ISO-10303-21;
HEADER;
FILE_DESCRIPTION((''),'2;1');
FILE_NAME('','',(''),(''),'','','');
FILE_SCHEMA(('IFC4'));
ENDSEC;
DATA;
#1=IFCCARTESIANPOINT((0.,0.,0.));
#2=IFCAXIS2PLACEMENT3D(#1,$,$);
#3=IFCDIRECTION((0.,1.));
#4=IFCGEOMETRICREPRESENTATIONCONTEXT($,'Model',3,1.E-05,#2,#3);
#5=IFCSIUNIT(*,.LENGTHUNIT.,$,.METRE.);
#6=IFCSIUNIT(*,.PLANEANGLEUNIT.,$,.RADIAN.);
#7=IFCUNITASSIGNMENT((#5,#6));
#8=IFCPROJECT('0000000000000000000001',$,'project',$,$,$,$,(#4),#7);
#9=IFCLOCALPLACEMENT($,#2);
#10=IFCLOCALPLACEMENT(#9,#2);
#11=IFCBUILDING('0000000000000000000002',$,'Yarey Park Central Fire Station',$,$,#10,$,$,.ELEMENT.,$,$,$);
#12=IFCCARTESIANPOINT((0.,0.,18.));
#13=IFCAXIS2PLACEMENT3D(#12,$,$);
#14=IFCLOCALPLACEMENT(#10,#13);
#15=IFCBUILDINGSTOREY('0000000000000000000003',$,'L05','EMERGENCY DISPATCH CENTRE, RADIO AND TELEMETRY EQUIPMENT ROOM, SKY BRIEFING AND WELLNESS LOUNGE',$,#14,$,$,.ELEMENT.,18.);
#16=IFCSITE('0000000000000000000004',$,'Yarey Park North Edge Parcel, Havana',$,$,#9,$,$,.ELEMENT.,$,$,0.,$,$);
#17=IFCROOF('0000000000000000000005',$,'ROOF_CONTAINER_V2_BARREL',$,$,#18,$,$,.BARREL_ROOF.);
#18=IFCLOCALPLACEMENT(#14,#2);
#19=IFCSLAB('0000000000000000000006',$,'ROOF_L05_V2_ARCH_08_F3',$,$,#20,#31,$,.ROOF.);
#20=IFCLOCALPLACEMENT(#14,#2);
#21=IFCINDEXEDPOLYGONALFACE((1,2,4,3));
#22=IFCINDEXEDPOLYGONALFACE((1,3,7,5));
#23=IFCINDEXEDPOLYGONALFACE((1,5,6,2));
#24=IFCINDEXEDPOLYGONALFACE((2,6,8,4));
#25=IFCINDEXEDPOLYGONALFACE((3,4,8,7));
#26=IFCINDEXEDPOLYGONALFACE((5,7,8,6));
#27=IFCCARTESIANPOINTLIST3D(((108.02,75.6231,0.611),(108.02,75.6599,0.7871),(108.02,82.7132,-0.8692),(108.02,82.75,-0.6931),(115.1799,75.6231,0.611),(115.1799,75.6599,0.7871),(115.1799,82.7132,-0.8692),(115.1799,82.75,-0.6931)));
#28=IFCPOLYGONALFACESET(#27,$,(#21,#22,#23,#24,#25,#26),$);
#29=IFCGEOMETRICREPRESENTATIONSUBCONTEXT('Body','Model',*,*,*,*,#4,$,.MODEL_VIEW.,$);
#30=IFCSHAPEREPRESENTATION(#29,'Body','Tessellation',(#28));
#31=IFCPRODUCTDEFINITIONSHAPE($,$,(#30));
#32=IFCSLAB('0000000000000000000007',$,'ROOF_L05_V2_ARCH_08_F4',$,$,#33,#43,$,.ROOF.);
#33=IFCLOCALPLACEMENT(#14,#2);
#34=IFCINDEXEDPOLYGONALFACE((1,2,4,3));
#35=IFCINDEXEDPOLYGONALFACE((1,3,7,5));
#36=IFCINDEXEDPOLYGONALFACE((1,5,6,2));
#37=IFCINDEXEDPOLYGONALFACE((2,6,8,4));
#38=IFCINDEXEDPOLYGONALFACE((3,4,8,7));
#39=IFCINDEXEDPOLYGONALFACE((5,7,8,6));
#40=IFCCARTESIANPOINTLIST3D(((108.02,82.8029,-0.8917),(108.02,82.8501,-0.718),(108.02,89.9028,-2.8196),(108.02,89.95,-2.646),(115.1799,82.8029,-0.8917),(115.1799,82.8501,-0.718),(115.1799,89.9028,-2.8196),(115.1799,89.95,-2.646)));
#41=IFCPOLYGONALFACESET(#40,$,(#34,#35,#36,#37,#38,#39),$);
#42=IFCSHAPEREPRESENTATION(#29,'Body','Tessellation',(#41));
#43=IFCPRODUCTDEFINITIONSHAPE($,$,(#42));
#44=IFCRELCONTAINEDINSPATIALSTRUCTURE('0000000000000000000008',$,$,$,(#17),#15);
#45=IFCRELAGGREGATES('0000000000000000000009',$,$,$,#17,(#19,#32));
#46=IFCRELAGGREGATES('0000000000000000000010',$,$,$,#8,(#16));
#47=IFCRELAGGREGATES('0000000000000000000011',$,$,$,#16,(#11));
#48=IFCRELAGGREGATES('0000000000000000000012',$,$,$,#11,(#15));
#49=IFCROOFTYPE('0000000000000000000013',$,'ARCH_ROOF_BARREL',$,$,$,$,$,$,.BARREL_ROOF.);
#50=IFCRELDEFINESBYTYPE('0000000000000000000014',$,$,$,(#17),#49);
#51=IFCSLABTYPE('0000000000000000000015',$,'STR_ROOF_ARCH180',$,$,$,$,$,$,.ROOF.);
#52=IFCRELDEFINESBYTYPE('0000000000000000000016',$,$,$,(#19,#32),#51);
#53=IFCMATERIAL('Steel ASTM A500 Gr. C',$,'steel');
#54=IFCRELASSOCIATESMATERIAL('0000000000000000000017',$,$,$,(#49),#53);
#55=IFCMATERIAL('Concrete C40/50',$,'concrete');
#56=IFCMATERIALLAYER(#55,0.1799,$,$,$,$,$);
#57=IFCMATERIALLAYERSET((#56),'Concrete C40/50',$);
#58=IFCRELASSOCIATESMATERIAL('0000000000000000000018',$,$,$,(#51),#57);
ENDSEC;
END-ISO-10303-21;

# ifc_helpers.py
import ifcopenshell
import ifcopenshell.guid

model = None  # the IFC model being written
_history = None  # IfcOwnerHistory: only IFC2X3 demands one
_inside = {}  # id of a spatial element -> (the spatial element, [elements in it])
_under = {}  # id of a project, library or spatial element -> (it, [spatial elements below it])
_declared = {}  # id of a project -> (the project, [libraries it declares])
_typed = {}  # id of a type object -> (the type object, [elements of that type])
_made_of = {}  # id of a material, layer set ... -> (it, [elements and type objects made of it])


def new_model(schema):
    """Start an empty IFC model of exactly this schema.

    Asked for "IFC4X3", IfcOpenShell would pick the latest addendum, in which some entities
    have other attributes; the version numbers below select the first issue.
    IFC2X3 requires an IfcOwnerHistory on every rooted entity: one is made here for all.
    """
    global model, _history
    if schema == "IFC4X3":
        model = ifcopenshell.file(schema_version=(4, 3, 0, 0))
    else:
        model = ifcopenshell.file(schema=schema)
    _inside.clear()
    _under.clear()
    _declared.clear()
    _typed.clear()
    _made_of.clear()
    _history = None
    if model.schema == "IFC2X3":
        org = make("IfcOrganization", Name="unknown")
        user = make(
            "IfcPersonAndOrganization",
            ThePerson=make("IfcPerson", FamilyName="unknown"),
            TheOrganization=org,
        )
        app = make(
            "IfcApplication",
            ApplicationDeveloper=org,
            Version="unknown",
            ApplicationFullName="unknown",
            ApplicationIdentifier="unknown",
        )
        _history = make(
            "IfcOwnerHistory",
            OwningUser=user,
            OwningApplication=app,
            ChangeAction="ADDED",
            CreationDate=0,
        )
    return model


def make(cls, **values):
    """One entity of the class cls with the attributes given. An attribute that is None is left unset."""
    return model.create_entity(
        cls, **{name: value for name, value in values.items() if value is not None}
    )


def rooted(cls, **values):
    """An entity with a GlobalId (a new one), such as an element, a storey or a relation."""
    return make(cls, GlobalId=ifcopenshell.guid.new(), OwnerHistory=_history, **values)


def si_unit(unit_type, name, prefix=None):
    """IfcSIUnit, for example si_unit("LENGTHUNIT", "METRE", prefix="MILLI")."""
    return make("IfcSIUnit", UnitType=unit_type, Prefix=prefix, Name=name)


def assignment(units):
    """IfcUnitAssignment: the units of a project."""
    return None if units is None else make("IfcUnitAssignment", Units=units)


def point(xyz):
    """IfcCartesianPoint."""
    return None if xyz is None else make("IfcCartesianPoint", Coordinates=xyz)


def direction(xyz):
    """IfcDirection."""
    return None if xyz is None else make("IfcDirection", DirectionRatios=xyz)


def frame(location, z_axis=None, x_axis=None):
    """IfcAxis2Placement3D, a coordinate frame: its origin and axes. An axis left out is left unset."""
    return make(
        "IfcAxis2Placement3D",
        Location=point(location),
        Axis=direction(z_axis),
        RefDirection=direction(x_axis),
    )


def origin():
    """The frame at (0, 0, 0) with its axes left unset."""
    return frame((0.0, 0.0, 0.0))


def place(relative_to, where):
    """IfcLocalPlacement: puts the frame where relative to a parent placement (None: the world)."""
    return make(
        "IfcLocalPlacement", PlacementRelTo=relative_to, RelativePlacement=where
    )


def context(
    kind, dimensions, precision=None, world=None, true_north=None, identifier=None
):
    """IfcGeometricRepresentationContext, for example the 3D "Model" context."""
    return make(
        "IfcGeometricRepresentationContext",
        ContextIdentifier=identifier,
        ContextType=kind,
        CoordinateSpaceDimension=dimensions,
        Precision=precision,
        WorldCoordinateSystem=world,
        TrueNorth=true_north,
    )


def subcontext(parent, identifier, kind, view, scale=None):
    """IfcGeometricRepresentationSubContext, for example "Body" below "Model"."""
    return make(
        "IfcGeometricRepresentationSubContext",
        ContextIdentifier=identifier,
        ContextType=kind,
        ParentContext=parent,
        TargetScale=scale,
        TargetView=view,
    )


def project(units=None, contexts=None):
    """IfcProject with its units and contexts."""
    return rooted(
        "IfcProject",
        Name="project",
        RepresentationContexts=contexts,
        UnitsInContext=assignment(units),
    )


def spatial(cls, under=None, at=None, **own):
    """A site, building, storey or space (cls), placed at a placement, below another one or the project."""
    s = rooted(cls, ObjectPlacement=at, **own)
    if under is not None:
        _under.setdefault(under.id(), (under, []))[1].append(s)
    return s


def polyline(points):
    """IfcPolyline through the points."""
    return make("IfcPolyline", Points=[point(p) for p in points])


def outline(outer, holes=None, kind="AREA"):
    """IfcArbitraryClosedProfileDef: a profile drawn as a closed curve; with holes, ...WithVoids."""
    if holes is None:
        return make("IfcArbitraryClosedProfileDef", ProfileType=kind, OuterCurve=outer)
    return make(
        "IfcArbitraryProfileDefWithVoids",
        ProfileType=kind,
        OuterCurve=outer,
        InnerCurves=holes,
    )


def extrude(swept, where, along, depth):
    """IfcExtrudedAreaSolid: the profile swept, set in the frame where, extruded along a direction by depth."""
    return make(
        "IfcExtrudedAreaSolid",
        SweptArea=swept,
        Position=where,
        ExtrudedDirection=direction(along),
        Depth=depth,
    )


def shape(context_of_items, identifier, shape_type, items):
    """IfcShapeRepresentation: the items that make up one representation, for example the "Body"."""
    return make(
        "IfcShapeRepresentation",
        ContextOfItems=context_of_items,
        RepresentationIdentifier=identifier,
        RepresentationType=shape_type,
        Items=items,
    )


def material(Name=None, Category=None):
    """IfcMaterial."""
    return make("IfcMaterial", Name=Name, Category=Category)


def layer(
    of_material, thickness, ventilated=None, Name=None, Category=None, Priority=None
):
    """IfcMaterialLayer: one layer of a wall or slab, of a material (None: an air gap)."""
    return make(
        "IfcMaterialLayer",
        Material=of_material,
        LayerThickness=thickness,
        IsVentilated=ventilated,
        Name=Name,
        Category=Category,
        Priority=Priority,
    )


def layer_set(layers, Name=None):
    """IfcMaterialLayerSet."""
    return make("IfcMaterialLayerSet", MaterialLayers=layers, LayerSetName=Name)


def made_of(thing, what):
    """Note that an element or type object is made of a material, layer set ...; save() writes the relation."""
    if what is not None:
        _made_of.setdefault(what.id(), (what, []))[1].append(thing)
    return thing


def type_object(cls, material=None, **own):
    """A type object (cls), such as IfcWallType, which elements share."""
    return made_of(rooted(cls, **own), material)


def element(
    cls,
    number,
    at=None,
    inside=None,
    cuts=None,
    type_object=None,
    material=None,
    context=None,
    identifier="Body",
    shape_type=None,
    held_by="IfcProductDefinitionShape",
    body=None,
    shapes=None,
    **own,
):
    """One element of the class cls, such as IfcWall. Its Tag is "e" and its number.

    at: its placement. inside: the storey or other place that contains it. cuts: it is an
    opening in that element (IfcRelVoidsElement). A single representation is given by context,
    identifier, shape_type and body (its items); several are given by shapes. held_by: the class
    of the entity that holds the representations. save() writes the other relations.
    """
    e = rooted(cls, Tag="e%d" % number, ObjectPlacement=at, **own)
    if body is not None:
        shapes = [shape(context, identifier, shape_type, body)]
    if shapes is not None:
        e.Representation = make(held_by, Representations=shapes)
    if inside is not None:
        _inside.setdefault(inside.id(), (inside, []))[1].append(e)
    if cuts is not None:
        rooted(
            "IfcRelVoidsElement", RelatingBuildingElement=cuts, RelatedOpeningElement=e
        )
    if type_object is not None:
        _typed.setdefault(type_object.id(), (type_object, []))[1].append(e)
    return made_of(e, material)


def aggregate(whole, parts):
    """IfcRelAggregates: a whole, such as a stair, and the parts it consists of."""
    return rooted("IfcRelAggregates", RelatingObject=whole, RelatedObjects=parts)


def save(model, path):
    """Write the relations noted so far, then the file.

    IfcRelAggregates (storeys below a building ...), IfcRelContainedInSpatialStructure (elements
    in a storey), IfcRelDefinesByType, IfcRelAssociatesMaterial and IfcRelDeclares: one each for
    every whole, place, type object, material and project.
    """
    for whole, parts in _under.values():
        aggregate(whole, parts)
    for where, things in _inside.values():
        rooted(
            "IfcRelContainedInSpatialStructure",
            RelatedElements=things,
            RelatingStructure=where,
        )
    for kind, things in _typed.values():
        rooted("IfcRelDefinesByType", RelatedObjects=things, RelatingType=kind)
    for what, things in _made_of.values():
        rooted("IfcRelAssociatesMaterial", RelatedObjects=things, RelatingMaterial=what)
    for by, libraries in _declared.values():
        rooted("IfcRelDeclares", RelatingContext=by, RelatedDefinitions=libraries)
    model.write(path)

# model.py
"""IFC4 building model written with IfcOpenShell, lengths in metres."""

from ifc_helpers import new_model, si_unit, direction, frame, origin, place, context, subcontext, project, spatial, polyline, outline, extrude, material, layer, layer_set, type_object, element, aggregate, save


model = new_model("IFC4")

# Units and contexts
model_context = context("Model", 3, precision=1e-05, world=origin(), true_north=direction((0.0, 1.0)))
body_context = subcontext(model_context, "Body", "Model", "MODEL_VIEW")
ifc_project = project(units=[si_unit("LENGTHUNIT", "METRE"), si_unit("PLANEANGLEUNIT", "RADIAN")], contexts=[model_context])

# Site, building, storey
site_placement = place(None, origin())
site = spatial("IfcSite", under=ifc_project, at=site_placement, Name="Yarey Park North Edge Parcel, Havana", CompositionType="ELEMENT", RefElevation=0.0)
building_placement = place(site_placement, origin())
building = spatial("IfcBuilding", under=site, at=building_placement, Name="Yarey Park Central Fire Station", CompositionType="ELEMENT")
storey_placement = place(building_placement, frame((0.0, 0.0, 18.0)))
storey = spatial("IfcBuildingStorey", under=building, at=storey_placement, Name="L05", Description="EMERGENCY DISPATCH CENTRE, RADIO AND TELEMETRY EQUIPMENT ROOM, SKY BRIEFING AND WELLNESS LOUNGE", CompositionType="ELEMENT", Elevation=18.0)

# Shared definitions
ifc_material_1 = material(Name="Concrete C40/50", Category="concrete")

# Shared definitions
ifc_material_2 = material(Name="Steel ASTM A500 Gr. C", Category="steel")

# Roof, slabs
roof_type = type_object("IfcRoofType", Name="ARCH_ROOF_BARREL", PredefinedType="BARREL_ROOF", material=ifc_material_2)
roof_placement = place(storey_placement, origin())
roof = element("IfcRoof", 1, at=roof_placement, inside=storey, type_object=roof_type, Name="ROOF_CONTAINER_V2_BARREL", PredefinedType="BARREL_ROOF")
ifc_layer_1 = layer(ifc_material_1, 0.1799)
ifc_layer_set_1 = layer_set([ifc_layer_1], Name="Concrete C40/50")
slab_type = type_object("IfcSlabType", Name="STR_ROOF_ARCH180", PredefinedType="ROOF", material=ifc_layer_set_1)
slab_1_placement = place(storey_placement, frame((108.02, 75.6599, 0.7871), z_axis=(0.0, 0.204367, 0.978894), x_axis=(1.0, 0.0, 0.0)))
slab_1 = element("IfcSlab", 2, at=slab_1_placement, type_object=slab_type, Name="ROOF_L05_V2_ARCH_08_F3", PredefinedType="ROOF", context=body_context, shape_type="SweptSolid", body=[
    extrude(outline(polyline([(0.0, 0.0), (7.1599, 0.0), (7.1599, 7.243), (0.0, 7.243), (0.0, 0.0)])), origin(), (0.0, 0.0, -1.0), 0.1799),
])
slab_2_placement = place(storey_placement, frame((108.02, 82.8501, -0.718), z_axis=(0.0, 0.262061, 0.965051), x_axis=(1.0, 0.0, 0.0)))
slab_2 = element("IfcSlab", 3, at=slab_2_placement, type_object=slab_type, Name="ROOF_L05_V2_ARCH_08_F4", PredefinedType="ROOF", context=body_context, shape_type="SweptSolid", body=[
    extrude(outline(polyline([(0.0, 0.0), (7.1599, 0.0), (7.1599, 7.357), (0.0, 7.357), (0.0, 0.0)])), origin(), (0.0, 0.0, -1.0), 0.1799),
])
aggregate(roof, [slab_1, slab_2])

save(model, "model.ifc")
